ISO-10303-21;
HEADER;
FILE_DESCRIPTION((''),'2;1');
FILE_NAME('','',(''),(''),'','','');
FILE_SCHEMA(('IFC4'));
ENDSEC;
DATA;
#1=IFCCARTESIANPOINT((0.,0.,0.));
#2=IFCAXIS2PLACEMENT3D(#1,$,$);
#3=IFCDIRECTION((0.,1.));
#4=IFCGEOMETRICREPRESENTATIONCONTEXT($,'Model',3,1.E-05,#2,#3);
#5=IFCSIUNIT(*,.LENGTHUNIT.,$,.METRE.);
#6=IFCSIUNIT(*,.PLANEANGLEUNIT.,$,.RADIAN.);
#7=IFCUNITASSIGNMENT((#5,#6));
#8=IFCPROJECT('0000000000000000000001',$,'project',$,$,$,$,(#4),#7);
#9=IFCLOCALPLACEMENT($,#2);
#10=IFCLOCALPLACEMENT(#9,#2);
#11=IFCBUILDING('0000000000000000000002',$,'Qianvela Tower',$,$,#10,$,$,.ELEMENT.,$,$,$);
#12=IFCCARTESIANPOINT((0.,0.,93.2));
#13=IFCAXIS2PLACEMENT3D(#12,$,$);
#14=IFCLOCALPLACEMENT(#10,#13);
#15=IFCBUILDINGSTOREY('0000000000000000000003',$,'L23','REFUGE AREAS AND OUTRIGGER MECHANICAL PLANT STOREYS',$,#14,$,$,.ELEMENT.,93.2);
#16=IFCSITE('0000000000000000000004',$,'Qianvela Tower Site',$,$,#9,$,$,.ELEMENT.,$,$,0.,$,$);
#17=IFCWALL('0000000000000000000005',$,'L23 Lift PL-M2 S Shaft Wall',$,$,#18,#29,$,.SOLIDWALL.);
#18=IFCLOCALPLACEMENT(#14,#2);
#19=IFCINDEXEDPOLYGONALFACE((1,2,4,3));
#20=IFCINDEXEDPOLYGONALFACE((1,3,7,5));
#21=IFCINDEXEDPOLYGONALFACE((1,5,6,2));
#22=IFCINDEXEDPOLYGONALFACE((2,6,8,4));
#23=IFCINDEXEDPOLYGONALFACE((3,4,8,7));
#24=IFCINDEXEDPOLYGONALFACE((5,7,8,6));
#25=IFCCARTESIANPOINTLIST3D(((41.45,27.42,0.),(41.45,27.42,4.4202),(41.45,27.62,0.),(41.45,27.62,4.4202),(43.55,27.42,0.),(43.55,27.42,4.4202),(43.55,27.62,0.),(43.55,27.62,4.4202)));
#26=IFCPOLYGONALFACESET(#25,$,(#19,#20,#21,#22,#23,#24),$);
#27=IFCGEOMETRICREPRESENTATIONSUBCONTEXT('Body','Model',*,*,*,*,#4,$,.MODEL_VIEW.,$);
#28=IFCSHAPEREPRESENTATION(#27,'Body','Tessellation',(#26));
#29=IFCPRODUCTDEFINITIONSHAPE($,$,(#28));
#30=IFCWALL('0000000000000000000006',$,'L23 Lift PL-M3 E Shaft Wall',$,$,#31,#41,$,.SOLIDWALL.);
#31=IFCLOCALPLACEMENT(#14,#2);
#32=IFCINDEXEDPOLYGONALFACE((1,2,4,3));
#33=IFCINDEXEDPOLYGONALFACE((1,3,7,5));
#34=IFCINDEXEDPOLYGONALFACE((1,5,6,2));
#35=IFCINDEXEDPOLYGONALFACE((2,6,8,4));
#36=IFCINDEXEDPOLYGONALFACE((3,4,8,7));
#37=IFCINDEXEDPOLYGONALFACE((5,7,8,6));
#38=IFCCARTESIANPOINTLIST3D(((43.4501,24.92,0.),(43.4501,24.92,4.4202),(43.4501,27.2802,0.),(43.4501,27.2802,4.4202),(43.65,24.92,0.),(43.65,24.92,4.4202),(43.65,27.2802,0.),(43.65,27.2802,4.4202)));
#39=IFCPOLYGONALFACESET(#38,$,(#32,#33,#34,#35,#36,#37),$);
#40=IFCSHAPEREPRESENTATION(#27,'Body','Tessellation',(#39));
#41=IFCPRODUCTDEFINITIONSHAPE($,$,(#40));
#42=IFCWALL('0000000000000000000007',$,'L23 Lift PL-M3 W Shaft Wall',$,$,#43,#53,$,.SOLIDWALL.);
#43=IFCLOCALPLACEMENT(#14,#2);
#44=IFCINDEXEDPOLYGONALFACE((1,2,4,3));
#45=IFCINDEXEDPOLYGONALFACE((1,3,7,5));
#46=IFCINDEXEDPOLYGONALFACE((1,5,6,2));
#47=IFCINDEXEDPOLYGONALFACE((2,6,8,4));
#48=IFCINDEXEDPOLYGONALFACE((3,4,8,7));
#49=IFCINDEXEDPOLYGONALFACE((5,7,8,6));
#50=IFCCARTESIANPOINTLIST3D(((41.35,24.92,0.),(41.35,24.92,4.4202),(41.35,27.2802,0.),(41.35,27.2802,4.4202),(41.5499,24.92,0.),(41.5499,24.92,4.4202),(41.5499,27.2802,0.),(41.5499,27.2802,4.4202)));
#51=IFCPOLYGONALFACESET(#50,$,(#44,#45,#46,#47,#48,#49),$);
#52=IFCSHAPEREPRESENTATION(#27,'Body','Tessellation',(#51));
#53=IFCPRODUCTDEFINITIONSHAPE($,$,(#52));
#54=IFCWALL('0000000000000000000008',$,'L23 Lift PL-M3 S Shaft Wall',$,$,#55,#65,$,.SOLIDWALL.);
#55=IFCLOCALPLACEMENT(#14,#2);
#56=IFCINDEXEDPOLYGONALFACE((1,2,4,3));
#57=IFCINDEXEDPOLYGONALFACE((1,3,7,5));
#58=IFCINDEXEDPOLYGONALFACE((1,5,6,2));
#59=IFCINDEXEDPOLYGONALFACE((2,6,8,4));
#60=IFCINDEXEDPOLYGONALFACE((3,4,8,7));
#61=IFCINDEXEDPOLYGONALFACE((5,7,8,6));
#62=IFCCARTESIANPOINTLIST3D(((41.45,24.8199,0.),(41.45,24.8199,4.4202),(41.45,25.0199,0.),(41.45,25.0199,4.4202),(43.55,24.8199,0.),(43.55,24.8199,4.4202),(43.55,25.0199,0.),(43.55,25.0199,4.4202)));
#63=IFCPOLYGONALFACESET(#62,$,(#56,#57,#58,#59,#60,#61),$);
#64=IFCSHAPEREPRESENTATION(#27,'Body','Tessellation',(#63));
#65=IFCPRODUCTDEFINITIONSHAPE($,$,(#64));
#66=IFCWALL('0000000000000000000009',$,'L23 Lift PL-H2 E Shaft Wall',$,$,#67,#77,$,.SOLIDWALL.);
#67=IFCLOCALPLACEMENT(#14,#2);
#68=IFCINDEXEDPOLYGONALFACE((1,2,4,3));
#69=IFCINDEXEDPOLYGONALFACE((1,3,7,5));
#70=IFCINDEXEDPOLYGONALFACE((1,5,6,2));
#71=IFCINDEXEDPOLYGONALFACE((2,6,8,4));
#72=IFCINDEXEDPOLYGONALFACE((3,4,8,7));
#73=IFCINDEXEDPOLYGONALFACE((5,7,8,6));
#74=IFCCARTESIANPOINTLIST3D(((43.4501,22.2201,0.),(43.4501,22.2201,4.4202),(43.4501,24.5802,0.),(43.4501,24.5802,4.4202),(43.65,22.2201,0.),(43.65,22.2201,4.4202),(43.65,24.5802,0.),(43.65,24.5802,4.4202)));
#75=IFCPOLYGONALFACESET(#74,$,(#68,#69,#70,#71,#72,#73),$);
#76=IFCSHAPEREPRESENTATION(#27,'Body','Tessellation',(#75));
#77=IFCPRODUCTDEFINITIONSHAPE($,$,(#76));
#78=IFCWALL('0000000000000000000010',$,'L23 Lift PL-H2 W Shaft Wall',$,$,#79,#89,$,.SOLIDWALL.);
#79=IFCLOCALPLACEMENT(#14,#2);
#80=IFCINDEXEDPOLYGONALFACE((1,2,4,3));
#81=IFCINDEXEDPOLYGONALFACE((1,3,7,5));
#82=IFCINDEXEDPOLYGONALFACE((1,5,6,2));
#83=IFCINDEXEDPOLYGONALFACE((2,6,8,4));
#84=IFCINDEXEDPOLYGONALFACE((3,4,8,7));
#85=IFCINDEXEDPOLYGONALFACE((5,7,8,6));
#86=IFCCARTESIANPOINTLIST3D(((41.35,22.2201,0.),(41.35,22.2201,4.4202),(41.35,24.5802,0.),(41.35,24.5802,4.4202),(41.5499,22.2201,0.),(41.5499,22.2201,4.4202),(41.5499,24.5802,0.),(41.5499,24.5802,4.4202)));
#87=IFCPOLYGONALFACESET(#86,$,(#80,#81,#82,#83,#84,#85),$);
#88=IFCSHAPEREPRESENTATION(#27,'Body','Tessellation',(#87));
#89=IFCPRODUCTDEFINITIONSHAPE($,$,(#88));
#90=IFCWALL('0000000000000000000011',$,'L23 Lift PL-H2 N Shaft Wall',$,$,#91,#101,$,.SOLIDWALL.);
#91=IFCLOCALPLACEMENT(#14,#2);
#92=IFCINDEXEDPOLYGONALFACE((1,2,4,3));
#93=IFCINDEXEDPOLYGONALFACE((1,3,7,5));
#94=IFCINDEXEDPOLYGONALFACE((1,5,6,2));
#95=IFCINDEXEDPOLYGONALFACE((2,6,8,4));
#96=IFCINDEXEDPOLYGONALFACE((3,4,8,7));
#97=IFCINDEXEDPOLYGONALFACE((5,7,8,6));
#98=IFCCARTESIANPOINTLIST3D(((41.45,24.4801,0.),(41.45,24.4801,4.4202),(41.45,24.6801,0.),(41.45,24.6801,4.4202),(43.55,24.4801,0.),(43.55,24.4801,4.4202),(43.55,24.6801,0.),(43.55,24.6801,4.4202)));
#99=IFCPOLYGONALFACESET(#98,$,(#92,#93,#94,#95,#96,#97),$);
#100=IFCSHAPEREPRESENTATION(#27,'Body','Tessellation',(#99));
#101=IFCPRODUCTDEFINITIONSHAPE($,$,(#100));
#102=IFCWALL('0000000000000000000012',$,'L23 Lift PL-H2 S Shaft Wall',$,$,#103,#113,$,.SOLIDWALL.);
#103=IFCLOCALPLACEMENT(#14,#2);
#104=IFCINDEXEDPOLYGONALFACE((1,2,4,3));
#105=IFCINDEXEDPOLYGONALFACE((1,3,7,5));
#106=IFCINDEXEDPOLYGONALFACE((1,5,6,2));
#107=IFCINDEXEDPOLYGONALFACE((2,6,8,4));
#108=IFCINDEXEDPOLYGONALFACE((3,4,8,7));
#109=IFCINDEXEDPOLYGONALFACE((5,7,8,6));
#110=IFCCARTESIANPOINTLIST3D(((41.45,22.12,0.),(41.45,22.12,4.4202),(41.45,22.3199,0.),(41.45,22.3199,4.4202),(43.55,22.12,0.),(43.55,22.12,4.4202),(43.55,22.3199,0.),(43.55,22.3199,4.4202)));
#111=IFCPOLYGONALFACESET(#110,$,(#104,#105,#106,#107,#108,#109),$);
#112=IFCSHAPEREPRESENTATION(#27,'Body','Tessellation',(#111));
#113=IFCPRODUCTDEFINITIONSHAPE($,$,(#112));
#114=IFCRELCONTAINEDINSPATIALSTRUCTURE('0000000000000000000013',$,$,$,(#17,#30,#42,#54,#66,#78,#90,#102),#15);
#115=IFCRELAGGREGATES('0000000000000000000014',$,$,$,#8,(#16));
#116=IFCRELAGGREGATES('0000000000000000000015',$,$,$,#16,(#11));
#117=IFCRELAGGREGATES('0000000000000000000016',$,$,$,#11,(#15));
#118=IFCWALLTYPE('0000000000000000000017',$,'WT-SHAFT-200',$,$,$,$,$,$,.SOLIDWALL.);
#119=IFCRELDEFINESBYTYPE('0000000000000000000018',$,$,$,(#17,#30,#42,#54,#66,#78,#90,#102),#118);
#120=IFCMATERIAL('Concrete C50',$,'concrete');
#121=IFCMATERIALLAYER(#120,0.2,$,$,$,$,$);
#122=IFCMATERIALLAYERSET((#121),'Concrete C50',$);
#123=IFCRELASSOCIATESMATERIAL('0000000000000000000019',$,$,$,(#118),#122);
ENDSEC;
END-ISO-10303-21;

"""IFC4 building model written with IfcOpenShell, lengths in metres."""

from ifc_helpers import new_model, si_unit, direction, frame, frame_2d, origin, place, context, subcontext, project, spatial, rectangle, extrude, material, layer, layer_set, type_object, element, save


model = new_model("IFC4")

# Units and contexts
model_context = context("Model", 3, precision=1e-05, world=origin(), true_north=direction((0.0, 1.0)))
body_context = subcontext(model_context, "Body", "Model", "MODEL_VIEW")
ifc_project = project(units=[si_unit("LENGTHUNIT", "METRE"), si_unit("PLANEANGLEUNIT", "RADIAN")], contexts=[model_context])

# Site, building, storey
site_placement = place(None, origin())
site = spatial("IfcSite", under=ifc_project, at=site_placement, Name="Qianvela Tower Site", CompositionType="ELEMENT", RefElevation=0.0)
building_placement = place(site_placement, origin())
building = spatial("IfcBuilding", under=site, at=building_placement, Name="Qianvela Tower", CompositionType="ELEMENT")
storey_placement = place(building_placement, frame((0.0, 0.0, 93.2)))
storey = spatial("IfcBuildingStorey", under=building, at=storey_placement, Name="L23", Description="REFUGE AREAS AND OUTRIGGER MECHANICAL PLANT STOREYS", CompositionType="ELEMENT", Elevation=93.2)

# Walls
ifc_material_1 = material(Name="Concrete C50", Category="concrete")
ifc_layer_1 = layer(ifc_material_1, 0.2)
ifc_layer_set_1 = layer_set([ifc_layer_1], Name="Concrete C50")
wall_type = type_object("IfcWallType", Name="WT-SHAFT-200", PredefinedType="SOLIDWALL", material=ifc_layer_set_1)
wall_1_placement = place(storey_placement, frame((41.45, 27.52, 0.0), z_axis=(0.0, 0.0, 1.0), x_axis=(1.0, 0.0, 0.0)))
element("IfcWall", 1, at=wall_1_placement, inside=storey, type_object=wall_type, Name="L23 Lift PL-M2 S Shaft Wall", PredefinedType="SOLIDWALL", context=body_context, shape_type="SweptSolid", body=[
    extrude(rectangle(XDim=2.1001, YDim=0.2, at=frame_2d((1.05, 0.0))), origin(), (0.0, 0.0, 1.0), 4.4202),
])
for number, where, z_axis, x_axis, name in (
    (2, (43.55, 24.9199, 0.0), (0.0, 0.0, 1.0), (0.0, 1.0, 0.0), "L23 Lift PL-M3 E Shaft Wall"),
    (3, (41.45, 24.9199, 0.0), (0.0, 0.0, 1.0), (0.0, 1.0, 0.0), "L23 Lift PL-M3 W Shaft Wall"),
):
    element("IfcWall", number, at=place(storey_placement, frame(where, z_axis=z_axis, x_axis=x_axis)), inside=storey, type_object=wall_type, Name=name, PredefinedType="SOLIDWALL", context=body_context, shape_type="SweptSolid", body=[
        extrude(rectangle(XDim=2.3601, YDim=0.2, at=frame_2d((1.1802, 0.0))), origin(), (0.0, 0.0, 1.0), 4.4202),
    ])
wall_2_placement = place(storey_placement, frame((41.45, 24.9199, 0.0), z_axis=(0.0, 0.0, 1.0), x_axis=(1.0, 0.0, 0.0)))
element("IfcWall", 4, at=wall_2_placement, inside=storey, type_object=wall_type, Name="L23 Lift PL-M3 S Shaft Wall", PredefinedType="SOLIDWALL", context=body_context, shape_type="SweptSolid", body=[
    extrude(rectangle(XDim=2.1001, YDim=0.2, at=frame_2d((1.05, 0.0))), origin(), (0.0, 0.0, 1.0), 4.4202),
])
for number, where, z_axis, x_axis, name in (
    (5, (43.55, 22.22, 0.0), (0.0, 0.0, 1.0), (0.0, 1.0, 0.0), "L23 Lift PL-H2 E Shaft Wall"),
    (6, (41.45, 22.22, 0.0), (0.0, 0.0, 1.0), (0.0, 1.0, 0.0), "L23 Lift PL-H2 W Shaft Wall"),
):
    element("IfcWall", number, at=place(storey_placement, frame(where, z_axis=z_axis, x_axis=x_axis)), inside=storey, type_object=wall_type, Name=name, PredefinedType="SOLIDWALL", context=body_context, shape_type="SweptSolid", body=[
        extrude(rectangle(XDim=2.3601, YDim=0.2, at=frame_2d((1.1802, 0.0))), origin(), (0.0, 0.0, 1.0), 4.4202),
    ])
for number, where, z_axis, x_axis, name in (
    (7, (41.45, 24.5801, 0.0), (0.0, 0.0, 1.0), (1.0, 0.0, 0.0), "L23 Lift PL-H2 N Shaft Wall"),
    (8, (41.45, 22.22, 0.0), (0.0, 0.0, 1.0), (1.0, 0.0, 0.0), "L23 Lift PL-H2 S Shaft Wall"),
):
    element("IfcWall", number, at=place(storey_placement, frame(where, z_axis=z_axis, x_axis=x_axis)), inside=storey, type_object=wall_type, Name=name, PredefinedType="SOLIDWALL", context=body_context, shape_type="SweptSolid", body=[
        extrude(rectangle(XDim=2.1001, YDim=0.2, at=frame_2d((1.05, 0.0))), origin(), (0.0, 0.0, 1.0), 4.4202),
    ])

save(model, "model.ifc")
